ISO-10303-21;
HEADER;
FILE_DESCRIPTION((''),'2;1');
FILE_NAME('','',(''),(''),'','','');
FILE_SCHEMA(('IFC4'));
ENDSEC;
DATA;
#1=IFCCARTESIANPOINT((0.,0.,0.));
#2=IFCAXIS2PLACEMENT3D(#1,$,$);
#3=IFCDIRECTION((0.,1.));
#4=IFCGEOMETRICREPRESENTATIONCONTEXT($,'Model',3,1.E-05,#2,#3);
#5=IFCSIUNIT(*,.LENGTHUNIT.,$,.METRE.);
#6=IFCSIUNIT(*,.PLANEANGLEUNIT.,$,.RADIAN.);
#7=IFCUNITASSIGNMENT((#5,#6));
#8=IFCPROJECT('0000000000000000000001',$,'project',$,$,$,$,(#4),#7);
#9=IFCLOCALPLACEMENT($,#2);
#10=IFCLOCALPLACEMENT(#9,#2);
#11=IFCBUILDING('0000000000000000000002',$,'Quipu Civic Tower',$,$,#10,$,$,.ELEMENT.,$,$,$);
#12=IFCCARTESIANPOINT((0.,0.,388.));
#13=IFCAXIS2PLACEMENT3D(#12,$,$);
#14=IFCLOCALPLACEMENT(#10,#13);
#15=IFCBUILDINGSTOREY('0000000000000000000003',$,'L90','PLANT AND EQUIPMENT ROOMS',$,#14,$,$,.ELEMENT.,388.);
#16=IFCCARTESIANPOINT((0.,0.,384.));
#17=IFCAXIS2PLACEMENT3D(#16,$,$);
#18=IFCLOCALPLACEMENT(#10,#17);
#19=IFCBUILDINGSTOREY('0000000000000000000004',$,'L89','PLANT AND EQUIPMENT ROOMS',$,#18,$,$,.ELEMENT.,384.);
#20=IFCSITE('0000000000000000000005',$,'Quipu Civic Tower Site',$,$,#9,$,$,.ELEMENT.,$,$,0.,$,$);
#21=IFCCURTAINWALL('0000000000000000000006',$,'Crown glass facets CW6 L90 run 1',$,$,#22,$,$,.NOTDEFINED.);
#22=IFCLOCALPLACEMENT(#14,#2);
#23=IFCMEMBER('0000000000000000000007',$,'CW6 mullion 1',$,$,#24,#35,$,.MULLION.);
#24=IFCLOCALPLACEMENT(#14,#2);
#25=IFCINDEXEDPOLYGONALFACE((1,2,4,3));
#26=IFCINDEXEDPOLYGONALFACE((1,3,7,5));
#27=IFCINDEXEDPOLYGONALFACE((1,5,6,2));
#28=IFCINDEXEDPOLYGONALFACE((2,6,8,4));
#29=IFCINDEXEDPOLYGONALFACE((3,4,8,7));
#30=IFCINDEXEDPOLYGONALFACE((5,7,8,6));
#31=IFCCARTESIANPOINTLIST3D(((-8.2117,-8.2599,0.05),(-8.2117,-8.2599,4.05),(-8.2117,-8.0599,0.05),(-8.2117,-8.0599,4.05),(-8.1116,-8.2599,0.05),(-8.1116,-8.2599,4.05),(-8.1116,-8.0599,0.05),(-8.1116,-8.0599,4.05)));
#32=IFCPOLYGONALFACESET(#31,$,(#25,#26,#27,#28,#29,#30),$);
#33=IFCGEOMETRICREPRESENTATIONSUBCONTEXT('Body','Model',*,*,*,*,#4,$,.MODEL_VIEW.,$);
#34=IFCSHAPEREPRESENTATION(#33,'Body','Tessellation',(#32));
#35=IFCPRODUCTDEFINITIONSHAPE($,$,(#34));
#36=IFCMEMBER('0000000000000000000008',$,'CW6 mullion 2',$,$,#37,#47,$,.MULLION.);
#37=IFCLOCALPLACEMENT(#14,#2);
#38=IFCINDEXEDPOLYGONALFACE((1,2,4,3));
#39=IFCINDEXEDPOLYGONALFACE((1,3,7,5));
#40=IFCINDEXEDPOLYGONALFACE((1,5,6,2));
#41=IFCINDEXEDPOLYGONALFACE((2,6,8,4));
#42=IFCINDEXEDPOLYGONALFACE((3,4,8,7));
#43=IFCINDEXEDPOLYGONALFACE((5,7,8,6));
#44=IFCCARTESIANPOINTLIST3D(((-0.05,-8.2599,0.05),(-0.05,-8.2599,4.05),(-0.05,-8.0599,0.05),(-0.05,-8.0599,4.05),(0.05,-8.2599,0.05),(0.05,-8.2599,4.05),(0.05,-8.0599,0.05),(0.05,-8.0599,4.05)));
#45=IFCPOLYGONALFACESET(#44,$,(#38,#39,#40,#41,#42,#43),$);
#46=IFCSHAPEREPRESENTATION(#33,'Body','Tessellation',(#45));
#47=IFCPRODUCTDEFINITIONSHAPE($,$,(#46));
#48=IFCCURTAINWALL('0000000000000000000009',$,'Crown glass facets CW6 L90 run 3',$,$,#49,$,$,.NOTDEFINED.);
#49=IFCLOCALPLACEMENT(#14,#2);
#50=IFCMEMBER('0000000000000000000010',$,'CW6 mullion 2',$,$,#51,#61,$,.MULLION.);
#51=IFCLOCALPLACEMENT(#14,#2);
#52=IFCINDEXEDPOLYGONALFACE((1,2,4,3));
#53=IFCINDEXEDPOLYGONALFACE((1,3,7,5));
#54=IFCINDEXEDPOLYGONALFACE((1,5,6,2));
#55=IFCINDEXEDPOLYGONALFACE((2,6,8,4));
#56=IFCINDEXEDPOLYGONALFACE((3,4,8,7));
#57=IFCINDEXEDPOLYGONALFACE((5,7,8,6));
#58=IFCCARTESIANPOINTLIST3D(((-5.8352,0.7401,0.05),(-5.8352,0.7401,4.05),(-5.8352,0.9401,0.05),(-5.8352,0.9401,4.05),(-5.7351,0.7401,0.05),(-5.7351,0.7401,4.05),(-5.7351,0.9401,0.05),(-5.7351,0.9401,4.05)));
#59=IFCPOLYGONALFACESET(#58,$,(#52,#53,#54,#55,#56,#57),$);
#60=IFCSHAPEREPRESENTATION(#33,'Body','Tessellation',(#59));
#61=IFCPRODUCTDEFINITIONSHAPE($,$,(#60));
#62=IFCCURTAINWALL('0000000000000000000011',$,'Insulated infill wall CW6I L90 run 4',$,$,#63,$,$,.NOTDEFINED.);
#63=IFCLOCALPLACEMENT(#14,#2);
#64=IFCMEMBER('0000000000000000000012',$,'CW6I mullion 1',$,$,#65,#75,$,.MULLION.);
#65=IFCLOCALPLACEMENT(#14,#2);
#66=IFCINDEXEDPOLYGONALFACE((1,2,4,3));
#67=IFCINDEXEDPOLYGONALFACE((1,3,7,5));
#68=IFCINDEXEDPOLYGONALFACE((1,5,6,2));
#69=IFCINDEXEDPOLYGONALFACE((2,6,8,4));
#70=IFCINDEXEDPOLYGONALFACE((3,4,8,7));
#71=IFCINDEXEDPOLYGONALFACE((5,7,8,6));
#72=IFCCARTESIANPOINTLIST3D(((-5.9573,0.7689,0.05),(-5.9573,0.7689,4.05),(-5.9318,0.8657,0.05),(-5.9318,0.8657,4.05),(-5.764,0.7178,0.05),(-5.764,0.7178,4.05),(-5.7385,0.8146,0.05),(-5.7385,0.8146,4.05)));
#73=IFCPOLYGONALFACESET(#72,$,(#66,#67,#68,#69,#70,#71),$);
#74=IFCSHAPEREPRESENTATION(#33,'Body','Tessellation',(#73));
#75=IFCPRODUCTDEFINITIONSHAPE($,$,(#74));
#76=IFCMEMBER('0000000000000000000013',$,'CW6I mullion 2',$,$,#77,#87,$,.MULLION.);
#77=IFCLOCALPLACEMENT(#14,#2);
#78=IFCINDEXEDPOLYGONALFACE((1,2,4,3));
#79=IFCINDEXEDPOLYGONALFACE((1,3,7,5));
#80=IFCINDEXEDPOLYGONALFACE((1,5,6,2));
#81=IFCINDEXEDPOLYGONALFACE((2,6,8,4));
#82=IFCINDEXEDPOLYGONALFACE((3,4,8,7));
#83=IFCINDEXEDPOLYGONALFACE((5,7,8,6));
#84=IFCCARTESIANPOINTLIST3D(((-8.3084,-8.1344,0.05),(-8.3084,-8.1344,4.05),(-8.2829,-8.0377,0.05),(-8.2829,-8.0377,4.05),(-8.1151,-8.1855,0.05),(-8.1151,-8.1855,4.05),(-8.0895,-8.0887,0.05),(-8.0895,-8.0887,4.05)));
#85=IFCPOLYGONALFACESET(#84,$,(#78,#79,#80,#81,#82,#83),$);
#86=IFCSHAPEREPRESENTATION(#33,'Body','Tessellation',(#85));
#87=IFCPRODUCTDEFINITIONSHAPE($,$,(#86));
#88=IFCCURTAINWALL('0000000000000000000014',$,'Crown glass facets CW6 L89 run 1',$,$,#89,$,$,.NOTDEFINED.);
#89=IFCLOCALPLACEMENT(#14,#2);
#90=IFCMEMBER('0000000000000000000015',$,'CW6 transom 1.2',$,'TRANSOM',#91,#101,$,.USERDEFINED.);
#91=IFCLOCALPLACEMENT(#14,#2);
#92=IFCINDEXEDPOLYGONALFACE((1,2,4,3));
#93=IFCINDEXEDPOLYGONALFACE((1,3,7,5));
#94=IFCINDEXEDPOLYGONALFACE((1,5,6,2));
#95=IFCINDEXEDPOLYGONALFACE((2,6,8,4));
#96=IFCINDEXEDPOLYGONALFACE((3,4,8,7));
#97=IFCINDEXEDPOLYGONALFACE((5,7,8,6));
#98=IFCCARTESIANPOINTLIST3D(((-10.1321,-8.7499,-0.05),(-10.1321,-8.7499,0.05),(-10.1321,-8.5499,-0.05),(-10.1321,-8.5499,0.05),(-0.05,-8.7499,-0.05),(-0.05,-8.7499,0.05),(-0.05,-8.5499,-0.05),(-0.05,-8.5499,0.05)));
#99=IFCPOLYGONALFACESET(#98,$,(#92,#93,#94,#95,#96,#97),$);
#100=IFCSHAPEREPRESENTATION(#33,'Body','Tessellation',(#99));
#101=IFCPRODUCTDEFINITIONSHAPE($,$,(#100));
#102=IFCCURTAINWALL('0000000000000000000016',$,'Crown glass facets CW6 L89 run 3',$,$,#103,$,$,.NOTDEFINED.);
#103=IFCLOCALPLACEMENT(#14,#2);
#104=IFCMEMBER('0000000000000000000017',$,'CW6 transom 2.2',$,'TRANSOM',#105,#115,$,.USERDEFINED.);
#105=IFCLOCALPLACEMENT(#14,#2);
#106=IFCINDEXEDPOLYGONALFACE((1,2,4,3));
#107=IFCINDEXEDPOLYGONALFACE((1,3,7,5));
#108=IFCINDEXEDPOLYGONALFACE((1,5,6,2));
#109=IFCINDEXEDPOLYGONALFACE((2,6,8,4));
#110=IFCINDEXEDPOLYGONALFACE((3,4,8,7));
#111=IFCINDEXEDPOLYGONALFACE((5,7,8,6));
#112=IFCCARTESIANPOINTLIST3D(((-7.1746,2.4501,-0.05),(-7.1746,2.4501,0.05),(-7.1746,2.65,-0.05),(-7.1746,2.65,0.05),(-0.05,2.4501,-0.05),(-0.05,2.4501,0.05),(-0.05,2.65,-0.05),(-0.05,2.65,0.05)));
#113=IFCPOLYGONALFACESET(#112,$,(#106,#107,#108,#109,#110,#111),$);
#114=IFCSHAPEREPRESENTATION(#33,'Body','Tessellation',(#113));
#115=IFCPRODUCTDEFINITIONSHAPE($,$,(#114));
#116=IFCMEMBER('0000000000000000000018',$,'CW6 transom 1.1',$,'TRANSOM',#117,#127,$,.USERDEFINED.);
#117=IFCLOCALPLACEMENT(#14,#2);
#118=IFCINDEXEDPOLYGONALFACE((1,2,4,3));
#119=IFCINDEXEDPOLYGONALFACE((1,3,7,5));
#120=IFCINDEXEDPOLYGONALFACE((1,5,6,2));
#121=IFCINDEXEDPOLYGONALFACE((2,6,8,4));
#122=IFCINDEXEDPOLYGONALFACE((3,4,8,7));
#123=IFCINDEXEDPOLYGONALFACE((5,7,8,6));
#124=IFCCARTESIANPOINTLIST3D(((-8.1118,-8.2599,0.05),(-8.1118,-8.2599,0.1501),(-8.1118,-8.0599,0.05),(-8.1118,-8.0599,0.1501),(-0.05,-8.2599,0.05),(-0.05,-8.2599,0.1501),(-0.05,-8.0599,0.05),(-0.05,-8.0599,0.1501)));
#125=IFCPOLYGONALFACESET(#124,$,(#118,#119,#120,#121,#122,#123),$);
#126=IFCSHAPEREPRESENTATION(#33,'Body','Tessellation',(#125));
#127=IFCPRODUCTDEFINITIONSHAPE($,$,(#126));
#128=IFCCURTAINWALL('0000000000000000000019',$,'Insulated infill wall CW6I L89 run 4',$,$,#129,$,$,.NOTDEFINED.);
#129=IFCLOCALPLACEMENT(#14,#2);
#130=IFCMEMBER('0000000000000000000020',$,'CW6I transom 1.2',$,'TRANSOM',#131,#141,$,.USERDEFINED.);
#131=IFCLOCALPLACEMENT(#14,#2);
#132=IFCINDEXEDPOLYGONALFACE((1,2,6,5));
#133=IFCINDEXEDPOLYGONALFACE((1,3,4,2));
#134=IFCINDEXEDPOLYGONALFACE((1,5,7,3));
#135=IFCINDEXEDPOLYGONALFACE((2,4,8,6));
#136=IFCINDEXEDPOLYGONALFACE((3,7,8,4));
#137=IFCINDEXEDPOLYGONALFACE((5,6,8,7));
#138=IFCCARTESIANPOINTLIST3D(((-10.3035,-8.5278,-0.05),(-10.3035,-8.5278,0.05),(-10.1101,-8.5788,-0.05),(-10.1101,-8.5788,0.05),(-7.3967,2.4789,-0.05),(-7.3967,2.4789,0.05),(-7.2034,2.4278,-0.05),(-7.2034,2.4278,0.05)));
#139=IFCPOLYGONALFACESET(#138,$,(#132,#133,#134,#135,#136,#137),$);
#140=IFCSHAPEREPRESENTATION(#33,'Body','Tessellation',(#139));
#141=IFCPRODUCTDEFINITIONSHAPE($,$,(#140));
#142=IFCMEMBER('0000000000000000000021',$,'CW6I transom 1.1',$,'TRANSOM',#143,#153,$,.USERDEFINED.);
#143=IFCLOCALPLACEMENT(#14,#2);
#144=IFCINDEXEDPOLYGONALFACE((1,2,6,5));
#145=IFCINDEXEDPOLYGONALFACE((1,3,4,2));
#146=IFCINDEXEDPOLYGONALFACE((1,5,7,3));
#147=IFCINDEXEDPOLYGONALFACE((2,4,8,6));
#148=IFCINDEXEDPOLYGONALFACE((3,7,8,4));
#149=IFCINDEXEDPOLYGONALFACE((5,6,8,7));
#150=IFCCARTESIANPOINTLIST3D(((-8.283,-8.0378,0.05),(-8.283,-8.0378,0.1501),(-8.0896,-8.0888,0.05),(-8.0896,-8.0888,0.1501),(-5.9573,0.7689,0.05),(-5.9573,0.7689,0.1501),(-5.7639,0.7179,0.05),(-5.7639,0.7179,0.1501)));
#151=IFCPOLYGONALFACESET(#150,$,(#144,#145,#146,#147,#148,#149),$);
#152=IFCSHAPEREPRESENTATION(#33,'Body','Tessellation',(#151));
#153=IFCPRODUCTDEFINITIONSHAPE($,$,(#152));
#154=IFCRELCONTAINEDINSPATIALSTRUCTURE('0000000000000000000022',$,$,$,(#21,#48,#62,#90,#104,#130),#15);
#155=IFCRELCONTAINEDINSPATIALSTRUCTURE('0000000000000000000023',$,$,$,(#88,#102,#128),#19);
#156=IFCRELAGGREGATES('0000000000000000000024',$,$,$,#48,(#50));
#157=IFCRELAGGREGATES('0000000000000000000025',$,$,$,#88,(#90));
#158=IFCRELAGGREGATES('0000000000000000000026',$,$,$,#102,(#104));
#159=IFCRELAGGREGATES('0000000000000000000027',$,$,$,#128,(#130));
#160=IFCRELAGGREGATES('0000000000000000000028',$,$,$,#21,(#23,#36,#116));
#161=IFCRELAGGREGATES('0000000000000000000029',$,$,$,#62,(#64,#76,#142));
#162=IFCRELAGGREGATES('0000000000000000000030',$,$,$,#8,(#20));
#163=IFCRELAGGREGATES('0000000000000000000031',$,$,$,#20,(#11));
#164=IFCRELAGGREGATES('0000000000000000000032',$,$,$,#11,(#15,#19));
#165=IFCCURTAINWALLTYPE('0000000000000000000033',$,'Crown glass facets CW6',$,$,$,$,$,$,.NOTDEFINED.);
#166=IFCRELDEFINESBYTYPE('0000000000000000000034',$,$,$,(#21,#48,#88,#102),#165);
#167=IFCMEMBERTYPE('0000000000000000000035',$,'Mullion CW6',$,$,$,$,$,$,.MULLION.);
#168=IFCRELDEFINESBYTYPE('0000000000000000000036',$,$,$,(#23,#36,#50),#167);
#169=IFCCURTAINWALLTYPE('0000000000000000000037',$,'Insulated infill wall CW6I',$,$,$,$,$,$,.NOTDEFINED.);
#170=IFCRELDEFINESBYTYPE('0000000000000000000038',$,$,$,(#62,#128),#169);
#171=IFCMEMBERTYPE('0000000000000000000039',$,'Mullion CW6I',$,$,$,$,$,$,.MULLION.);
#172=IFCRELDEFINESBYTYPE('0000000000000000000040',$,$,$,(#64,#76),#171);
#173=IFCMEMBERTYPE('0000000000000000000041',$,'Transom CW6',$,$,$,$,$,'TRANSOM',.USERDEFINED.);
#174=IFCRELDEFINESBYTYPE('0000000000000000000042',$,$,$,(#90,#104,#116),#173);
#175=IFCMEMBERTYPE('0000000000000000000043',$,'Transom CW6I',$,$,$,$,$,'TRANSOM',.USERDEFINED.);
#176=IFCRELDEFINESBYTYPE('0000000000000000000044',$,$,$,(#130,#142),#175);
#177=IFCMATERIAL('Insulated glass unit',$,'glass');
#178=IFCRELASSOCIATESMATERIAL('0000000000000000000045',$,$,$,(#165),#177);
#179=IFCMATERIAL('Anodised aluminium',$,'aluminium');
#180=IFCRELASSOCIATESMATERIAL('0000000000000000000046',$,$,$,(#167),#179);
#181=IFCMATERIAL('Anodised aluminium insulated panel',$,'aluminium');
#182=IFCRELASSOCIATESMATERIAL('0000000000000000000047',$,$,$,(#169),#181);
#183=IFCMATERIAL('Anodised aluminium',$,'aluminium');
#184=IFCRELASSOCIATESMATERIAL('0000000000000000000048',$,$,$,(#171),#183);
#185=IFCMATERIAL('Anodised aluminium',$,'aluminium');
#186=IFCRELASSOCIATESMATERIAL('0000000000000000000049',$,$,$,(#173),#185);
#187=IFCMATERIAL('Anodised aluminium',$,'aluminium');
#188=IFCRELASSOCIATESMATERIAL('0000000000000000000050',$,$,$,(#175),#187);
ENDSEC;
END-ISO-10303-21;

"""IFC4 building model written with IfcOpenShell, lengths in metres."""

from ifc_helpers import new_model, si_unit, direction, frame, origin, origin_2d, place, context, subcontext, project, spatial, rectangle, extrude, material, material_profile, profile_set, type_object, element, aggregate, save


model = new_model("IFC4")

# Units and contexts
model_context = context("Model", 3, precision=1e-05, world=origin(), true_north=direction((0.0, 1.0)))
body_context = subcontext(model_context, "Body", "Model", "MODEL_VIEW")
ifc_project = project(units=[si_unit("LENGTHUNIT", "METRE"), si_unit("PLANEANGLEUNIT", "RADIAN")], contexts=[model_context])

# Site, building, storey
site_placement = place(None, origin())
site = spatial("IfcSite", under=ifc_project, at=site_placement, Name="Quipu Civic Tower Site", CompositionType="ELEMENT", RefElevation=0.0)
building_placement = place(site_placement, origin())
building = spatial("IfcBuilding", under=site, at=building_placement, Name="Quipu Civic Tower", CompositionType="ELEMENT")
storey_1_placement = place(building_placement, frame((0.0, 0.0, 388.0)))
storey_1 = spatial("IfcBuildingStorey", under=building, at=storey_1_placement, Name="L90", Description="PLANT AND EQUIPMENT ROOMS", CompositionType="ELEMENT", Elevation=388.0)

# Curtain wall, members
ifc_material_1 = material(Name="Insulated glass unit", Category="glass")
curtain_wall_type_1 = type_object("IfcCurtainWallType", Name="Crown glass facets CW6", PredefinedType="NOTDEFINED", material=ifc_material_1)
curtain_wall_1_placement = place(storey_1_placement, origin())
curtain_wall_1 = element("IfcCurtainWall", 1, at=curtain_wall_1_placement, inside=storey_1, type_object=curtain_wall_type_1, Name="Crown glass facets CW6 L90 run 1", PredefinedType="NOTDEFINED")
ifc_material_2 = material(Name="Anodised aluminium", Category="aluminium")
ifc_material_profile_1 = material_profile(ifc_material_2, rectangle(XDim=0.2, YDim=0.1001, at=origin_2d()), Name="RECT 200x100")
ifc_profile_set_1 = profile_set([ifc_material_profile_1], Name="Anodised aluminium")
member_type_1 = type_object("IfcMemberType", Name="Mullion CW6", PredefinedType="MULLION", material=ifc_profile_set_1)
member_1_placement = place(storey_1_placement, frame((-8.1616, -8.1599, 0.05), z_axis=(0.0, 0.0, 1.0), x_axis=(0.0, 1.0, 0.0)))
member_1 = element("IfcMember", 2, at=member_1_placement, type_object=member_type_1, Name="CW6 mullion 1", PredefinedType="MULLION", context=body_context, shape_type="SweptSolid", body=[
    extrude(rectangle(XDim=0.2, YDim=0.1001, at=origin_2d()), origin(), (0.0, 0.0, 1.0), 4.0),
])
member_2_placement = place(storey_1_placement, frame((0.0, -8.1599, 0.05), z_axis=(0.0, 0.0, 1.0), x_axis=(0.0, 1.0, 0.0)))
member_2 = element("IfcMember", 3, at=member_2_placement, type_object=member_type_1, Name="CW6 mullion 2", PredefinedType="MULLION", context=body_context, shape_type="SweptSolid", body=[
    extrude(rectangle(XDim=0.2, YDim=0.1001, at=origin_2d()), origin(), (0.0, 0.0, 1.0), 4.0),
])

# Curtain wall, member
curtain_wall_2_placement = place(storey_1_placement, origin())
curtain_wall_2 = element("IfcCurtainWall", 4, at=curtain_wall_2_placement, inside=storey_1, type_object=curtain_wall_type_1, Name="Crown glass facets CW6 L90 run 3", PredefinedType="NOTDEFINED")
member_3_placement = place(storey_1_placement, frame((-5.7852, 0.8401, 0.05), z_axis=(0.0, 0.0, 1.0), x_axis=(0.0, -1.0, 0.0)))
member_3 = element("IfcMember", 5, at=member_3_placement, type_object=member_type_1, Name="CW6 mullion 2", PredefinedType="MULLION", context=body_context, shape_type="SweptSolid", body=[
    extrude(rectangle(XDim=0.2, YDim=0.1001, at=origin_2d()), origin(), (0.0, 0.0, 1.0), 4.0),
])
aggregate(curtain_wall_2, [member_3])

# Curtain wall, members
ifc_material_3 = material(Name="Anodised aluminium insulated panel", Category="aluminium")
curtain_wall_type_2 = type_object("IfcCurtainWallType", Name="Insulated infill wall CW6I", PredefinedType="NOTDEFINED", material=ifc_material_3)
curtain_wall_3_placement = place(storey_1_placement, origin())
curtain_wall_3 = element("IfcCurtainWall", 6, at=curtain_wall_3_placement, inside=storey_1, type_object=curtain_wall_type_2, Name="Insulated infill wall CW6I L90 run 4", PredefinedType="NOTDEFINED")
ifc_material_4 = material(Name="Anodised aluminium", Category="aluminium")
ifc_material_profile_2 = material_profile(ifc_material_4, rectangle(XDim=0.2, YDim=0.1001, at=origin_2d()), Name="RECT 200x100")
ifc_profile_set_2 = profile_set([ifc_material_profile_2], Name="Anodised aluminium")
member_type_2 = type_object("IfcMemberType", Name="Mullion CW6I", PredefinedType="MULLION", material=ifc_profile_set_2)
member_4_placement = place(storey_1_placement, frame((-5.8479, 0.7917, 0.05), z_axis=(0.0, 0.0, 1.0), x_axis=(0.966858, -0.255315, 0.0)))
member_4 = element("IfcMember", 7, at=member_4_placement, type_object=member_type_2, Name="CW6I mullion 1", PredefinedType="MULLION", context=body_context, shape_type="SweptSolid", body=[
    extrude(rectangle(XDim=0.2, YDim=0.1001, at=origin_2d()), origin(), (0.0, 0.0, 1.0), 4.0),
])
member_5_placement = place(storey_1_placement, frame((-8.199, -8.1116, 0.05), z_axis=(0.0, 0.0, 1.0), x_axis=(0.966858, -0.255315, 0.0)))
member_5 = element("IfcMember", 8, at=member_5_placement, type_object=member_type_2, Name="CW6I mullion 2", PredefinedType="MULLION", context=body_context, shape_type="SweptSolid", body=[
    extrude(rectangle(XDim=0.2, YDim=0.1001, at=origin_2d()), origin(), (0.0, 0.0, 1.0), 4.0),
])

# Shared definitions
storey_2_placement = place(building_placement, frame((0.0, 0.0, 384.0)))
storey_2 = spatial("IfcBuildingStorey", under=building, at=storey_2_placement, Name="L89", Description="PLANT AND EQUIPMENT ROOMS", CompositionType="ELEMENT", Elevation=384.0)

# Curtain walls, members
curtain_wall_4_placement = place(storey_2_placement, origin())
curtain_wall_4 = element("IfcCurtainWall", 9, at=curtain_wall_4_placement, inside=storey_2, type_object=curtain_wall_type_1, Name="Crown glass facets CW6 L89 run 1", PredefinedType="NOTDEFINED")
ifc_material_5 = material(Name="Anodised aluminium", Category="aluminium")
ifc_material_profile_3 = material_profile(ifc_material_5, rectangle(XDim=0.2, YDim=0.1001, at=origin_2d()), Name="RECT 200x100")
ifc_profile_set_3 = profile_set([ifc_material_profile_3], Name="Anodised aluminium")
member_type_3 = type_object("IfcMemberType", Name="Transom CW6", ElementType="TRANSOM", PredefinedType="USERDEFINED", material=ifc_profile_set_3)
member_6_placement = place(storey_1_placement, frame((-10.1321, -8.6499, 0.0), z_axis=(1.0, 0.0, 0.0), x_axis=(0.0, 1.0, 0.0)))
member_6 = element("IfcMember", 10, at=member_6_placement, inside=storey_1, type_object=member_type_3, Name="CW6 transom 1.2", ObjectType="TRANSOM", PredefinedType="USERDEFINED", context=body_context, shape_type="SweptSolid", body=[
    extrude(rectangle(XDim=0.2, YDim=0.1001, at=origin_2d()), origin(), (0.0, 0.0, 1.0), 10.082),
])
aggregate(curtain_wall_4, [member_6])
curtain_wall_5_placement = place(storey_2_placement, origin())
curtain_wall_5 = element("IfcCurtainWall", 11, at=curtain_wall_5_placement, inside=storey_2, type_object=curtain_wall_type_1, Name="Crown glass facets CW6 L89 run 3", PredefinedType="NOTDEFINED")
member_7_placement = place(storey_1_placement, frame((-0.05, 2.55, 0.0), z_axis=(-1.0, 0.0, 0.0), x_axis=(0.0, -1.0, 0.0)))
member_7 = element("IfcMember", 12, at=member_7_placement, inside=storey_1, type_object=member_type_3, Name="CW6 transom 2.2", ObjectType="TRANSOM", PredefinedType="USERDEFINED", context=body_context, shape_type="SweptSolid", body=[
    extrude(rectangle(XDim=0.2, YDim=0.1001, at=origin_2d()), origin(), (0.0, 0.0, 1.0), 7.1245),
])
aggregate(curtain_wall_5, [member_7])

# Member
member_8_placement = place(storey_1_placement, frame((-8.1118, -8.1599, 0.1001), z_axis=(1.0, 0.0, 0.0), x_axis=(0.0, 1.0, 0.0)))
member_8 = element("IfcMember", 13, at=member_8_placement, type_object=member_type_3, Name="CW6 transom 1.1", ObjectType="TRANSOM", PredefinedType="USERDEFINED", context=body_context, shape_type="SweptSolid", body=[
    extrude(rectangle(XDim=0.2, YDim=0.1001, at=origin_2d()), origin(), (0.0, 0.0, 1.0), 8.0618),
])

# Curtain wall, member
curtain_wall_6_placement = place(storey_2_placement, origin())
curtain_wall_6 = element("IfcCurtainWall", 14, at=curtain_wall_6_placement, inside=storey_2, type_object=curtain_wall_type_2, Name="Insulated infill wall CW6I L89 run 4", PredefinedType="NOTDEFINED")
ifc_material_6 = material(Name="Anodised aluminium", Category="aluminium")
ifc_material_profile_4 = material_profile(ifc_material_6, rectangle(XDim=0.2, YDim=0.1001, at=origin_2d()), Name="RECT 200x100")
ifc_profile_set_4 = profile_set([ifc_material_profile_4], Name="Anodised aluminium")
member_type_4 = type_object("IfcMemberType", Name="Transom CW6I", ElementType="TRANSOM", PredefinedType="USERDEFINED", material=ifc_profile_set_4)
member_9_placement = place(storey_1_placement, frame((-7.3, 2.4534, 0.0), z_axis=(-0.255337, -0.966852, 0.0), x_axis=(0.966852, -0.255337, 0.0)))
member_9 = element("IfcMember", 15, at=member_9_placement, inside=storey_1, type_object=member_type_4, Name="CW6I transom 1.2", ObjectType="TRANSOM", PredefinedType="USERDEFINED", context=body_context, shape_type="SweptSolid", body=[
    extrude(rectangle(XDim=0.2, YDim=0.1001, at=origin_2d()), origin(), (0.0, 0.0, 1.0), 11.384),
])
aggregate(curtain_wall_6, [member_9])

# Member
member_10_placement = place(storey_1_placement, frame((-5.8606, 0.7434, 0.1001), z_axis=(-0.25533, -0.966854, 0.0), x_axis=(0.966854, -0.25533, 0.0)))
member_10 = element("IfcMember", 16, at=member_10_placement, type_object=member_type_4, Name="CW6I transom 1.1", ObjectType="TRANSOM", PredefinedType="USERDEFINED", context=body_context, shape_type="SweptSolid", body=[
    extrude(rectangle(XDim=0.2, YDim=0.1001, at=origin_2d()), origin(), (0.0, 0.0, 1.0), 9.1086),
])

aggregate(curtain_wall_1, [member_1, member_2, member_8])
aggregate(curtain_wall_3, [member_4, member_5, member_10])

save(model, "model.ifc")
